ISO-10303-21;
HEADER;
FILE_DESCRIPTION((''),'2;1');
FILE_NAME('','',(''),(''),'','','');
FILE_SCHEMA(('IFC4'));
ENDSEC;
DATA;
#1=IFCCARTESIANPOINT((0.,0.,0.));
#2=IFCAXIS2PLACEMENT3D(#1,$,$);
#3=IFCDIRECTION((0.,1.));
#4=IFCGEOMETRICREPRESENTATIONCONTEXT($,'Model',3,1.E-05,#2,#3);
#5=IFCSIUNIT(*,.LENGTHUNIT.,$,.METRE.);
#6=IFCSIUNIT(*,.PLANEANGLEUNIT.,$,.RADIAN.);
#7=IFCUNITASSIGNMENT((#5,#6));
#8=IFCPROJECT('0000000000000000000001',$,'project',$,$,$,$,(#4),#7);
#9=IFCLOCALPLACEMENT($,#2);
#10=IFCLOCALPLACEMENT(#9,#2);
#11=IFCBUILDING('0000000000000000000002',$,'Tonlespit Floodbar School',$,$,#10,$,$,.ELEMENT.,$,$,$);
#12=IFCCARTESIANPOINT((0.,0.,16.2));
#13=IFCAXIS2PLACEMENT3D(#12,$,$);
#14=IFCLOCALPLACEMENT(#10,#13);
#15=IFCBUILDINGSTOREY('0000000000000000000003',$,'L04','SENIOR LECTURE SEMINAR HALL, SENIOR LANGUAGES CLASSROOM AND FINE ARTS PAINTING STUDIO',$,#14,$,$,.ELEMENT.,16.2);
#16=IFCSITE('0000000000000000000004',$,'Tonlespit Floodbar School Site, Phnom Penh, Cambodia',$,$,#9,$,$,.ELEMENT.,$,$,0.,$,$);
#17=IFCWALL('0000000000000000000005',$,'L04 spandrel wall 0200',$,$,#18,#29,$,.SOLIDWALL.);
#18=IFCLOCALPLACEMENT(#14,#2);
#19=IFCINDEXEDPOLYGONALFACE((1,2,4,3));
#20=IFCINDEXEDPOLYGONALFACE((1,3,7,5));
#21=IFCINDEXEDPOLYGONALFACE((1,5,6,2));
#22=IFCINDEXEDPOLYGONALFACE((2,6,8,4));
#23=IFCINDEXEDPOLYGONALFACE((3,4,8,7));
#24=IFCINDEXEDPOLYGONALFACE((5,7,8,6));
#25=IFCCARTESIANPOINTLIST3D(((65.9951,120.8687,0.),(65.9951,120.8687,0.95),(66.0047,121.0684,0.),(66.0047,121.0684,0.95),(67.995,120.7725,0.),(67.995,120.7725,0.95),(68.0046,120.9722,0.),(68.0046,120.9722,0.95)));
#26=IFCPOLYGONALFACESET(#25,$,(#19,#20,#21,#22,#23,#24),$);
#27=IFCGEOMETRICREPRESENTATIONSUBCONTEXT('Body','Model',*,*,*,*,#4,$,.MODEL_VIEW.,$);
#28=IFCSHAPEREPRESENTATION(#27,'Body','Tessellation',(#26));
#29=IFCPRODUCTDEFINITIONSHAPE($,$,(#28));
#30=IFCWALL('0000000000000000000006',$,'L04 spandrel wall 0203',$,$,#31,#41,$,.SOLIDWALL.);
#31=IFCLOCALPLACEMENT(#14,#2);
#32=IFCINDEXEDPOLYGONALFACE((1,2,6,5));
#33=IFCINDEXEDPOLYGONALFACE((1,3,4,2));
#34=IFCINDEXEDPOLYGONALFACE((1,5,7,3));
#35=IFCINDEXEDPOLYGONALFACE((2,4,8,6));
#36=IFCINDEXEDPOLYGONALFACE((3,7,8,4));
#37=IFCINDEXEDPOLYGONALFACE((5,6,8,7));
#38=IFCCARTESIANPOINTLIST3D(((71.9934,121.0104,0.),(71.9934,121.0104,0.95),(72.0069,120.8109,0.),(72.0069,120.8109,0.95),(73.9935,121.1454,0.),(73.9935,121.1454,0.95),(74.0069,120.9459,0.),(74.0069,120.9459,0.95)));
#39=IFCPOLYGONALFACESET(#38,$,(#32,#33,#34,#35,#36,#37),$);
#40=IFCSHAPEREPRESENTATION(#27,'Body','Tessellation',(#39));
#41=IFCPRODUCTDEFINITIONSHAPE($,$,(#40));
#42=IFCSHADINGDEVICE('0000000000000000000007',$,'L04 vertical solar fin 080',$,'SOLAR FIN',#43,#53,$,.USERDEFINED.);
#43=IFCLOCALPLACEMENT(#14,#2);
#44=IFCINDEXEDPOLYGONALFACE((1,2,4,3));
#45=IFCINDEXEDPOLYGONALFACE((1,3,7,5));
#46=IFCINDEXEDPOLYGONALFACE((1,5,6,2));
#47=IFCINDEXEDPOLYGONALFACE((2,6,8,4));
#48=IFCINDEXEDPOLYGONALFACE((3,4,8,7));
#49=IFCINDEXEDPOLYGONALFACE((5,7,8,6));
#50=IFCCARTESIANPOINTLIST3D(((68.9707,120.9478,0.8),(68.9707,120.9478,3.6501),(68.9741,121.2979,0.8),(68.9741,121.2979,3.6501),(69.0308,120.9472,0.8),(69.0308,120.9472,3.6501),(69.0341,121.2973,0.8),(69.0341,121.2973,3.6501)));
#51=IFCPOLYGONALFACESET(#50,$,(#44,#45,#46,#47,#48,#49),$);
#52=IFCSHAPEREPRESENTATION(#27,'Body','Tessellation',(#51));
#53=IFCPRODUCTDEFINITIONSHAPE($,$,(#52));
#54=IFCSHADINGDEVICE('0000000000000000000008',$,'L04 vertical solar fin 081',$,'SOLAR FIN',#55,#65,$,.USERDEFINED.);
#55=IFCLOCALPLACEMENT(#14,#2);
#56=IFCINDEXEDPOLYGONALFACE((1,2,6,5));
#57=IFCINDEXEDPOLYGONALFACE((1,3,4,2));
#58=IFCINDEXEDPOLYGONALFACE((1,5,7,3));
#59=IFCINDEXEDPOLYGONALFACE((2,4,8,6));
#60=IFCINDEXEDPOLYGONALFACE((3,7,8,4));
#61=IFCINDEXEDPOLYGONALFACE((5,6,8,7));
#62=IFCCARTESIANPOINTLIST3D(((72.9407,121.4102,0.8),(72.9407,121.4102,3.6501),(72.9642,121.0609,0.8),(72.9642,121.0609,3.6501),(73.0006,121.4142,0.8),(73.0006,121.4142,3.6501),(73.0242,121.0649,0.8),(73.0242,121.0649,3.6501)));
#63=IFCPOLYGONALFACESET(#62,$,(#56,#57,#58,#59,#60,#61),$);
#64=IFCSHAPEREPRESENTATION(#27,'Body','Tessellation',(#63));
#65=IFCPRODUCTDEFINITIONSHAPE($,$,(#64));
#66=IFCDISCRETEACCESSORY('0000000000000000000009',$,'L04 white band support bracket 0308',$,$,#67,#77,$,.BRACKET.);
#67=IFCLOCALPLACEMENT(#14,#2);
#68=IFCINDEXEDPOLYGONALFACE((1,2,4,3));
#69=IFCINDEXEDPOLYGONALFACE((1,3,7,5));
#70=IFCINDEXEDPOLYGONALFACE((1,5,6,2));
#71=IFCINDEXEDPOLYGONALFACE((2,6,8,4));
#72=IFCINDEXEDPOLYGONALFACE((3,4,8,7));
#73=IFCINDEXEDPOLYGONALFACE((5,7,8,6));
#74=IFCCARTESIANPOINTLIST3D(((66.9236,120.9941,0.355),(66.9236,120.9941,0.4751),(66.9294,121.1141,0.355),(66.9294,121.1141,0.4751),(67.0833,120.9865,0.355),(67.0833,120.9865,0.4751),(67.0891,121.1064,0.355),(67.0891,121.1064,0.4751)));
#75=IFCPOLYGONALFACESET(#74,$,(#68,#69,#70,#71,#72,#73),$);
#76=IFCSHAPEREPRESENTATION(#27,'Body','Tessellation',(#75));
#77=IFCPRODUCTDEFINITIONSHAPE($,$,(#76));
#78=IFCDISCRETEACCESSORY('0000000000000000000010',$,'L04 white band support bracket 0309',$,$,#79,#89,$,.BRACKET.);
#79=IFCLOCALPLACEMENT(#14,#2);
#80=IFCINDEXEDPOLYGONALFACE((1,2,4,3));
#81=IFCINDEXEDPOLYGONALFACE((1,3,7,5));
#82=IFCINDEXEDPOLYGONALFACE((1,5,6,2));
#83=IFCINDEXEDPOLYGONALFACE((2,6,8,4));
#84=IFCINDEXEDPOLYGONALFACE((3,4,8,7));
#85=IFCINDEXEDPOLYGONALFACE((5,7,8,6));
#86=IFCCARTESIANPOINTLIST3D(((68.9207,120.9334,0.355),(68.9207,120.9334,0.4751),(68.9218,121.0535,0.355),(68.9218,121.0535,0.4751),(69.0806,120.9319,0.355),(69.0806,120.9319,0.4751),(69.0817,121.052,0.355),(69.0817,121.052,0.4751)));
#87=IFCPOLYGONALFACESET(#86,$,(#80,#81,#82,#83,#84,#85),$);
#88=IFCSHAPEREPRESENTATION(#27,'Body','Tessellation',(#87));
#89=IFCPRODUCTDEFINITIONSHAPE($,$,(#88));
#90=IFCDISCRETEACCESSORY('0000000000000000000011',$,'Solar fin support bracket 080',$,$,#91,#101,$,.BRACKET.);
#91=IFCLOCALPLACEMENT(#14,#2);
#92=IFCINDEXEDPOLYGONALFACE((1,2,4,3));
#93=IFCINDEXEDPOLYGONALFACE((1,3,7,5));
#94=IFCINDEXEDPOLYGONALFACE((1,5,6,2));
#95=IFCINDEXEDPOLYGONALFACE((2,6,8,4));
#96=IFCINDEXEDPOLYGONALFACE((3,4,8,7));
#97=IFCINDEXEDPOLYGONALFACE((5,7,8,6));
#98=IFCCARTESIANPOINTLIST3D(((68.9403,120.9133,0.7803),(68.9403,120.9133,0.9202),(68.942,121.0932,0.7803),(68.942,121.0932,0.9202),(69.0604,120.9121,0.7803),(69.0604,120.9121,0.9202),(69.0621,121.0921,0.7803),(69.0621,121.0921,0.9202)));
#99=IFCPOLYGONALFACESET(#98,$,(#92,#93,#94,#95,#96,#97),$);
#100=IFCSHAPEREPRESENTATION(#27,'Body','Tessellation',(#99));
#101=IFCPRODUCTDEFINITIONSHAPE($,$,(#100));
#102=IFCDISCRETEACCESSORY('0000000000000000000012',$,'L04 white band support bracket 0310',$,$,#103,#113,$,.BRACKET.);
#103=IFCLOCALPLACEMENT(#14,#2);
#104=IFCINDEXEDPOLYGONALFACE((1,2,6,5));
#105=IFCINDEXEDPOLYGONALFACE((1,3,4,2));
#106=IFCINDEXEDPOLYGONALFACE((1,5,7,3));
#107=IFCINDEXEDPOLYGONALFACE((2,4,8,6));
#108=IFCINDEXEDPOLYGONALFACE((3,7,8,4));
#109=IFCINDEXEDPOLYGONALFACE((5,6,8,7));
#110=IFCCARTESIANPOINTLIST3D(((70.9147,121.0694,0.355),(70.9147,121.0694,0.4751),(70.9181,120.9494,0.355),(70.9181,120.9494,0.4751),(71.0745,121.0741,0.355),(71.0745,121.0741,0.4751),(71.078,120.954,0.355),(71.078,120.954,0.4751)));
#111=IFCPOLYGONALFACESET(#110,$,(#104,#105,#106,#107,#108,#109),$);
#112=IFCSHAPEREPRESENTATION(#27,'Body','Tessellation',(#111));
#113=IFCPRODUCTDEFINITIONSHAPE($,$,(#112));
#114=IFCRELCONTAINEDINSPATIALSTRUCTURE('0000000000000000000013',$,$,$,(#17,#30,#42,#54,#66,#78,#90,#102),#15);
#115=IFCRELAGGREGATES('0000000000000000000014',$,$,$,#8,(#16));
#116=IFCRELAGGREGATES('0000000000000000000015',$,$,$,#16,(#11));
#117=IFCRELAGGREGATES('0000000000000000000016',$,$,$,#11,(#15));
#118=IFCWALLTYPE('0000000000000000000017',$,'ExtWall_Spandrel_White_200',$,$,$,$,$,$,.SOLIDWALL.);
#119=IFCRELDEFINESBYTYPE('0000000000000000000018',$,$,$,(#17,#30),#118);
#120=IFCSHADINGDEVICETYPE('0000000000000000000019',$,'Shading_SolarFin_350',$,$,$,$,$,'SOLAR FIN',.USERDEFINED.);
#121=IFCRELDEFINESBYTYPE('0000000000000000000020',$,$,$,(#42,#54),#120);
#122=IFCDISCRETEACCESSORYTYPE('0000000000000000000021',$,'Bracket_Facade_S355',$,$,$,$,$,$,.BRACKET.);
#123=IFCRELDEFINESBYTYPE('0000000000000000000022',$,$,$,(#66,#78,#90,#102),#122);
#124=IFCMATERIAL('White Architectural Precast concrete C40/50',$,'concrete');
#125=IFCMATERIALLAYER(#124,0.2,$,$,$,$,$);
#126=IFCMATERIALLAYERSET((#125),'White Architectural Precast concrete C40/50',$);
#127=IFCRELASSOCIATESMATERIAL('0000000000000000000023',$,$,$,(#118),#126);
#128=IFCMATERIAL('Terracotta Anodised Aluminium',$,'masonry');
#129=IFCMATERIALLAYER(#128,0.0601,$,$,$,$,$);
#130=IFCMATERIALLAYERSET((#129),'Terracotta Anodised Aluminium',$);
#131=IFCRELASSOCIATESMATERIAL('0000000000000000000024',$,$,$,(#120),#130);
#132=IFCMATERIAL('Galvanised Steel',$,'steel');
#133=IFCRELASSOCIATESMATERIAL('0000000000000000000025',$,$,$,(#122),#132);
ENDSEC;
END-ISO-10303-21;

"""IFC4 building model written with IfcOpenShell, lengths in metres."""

from ifc_helpers import new_model, si_unit, direction, frame, frame_2d, origin, origin_2d, place, context, subcontext, project, spatial, rectangle, extrude, material, layer, layer_set, type_object, element, save


model = new_model("IFC4")

# Units and contexts
model_context = context("Model", 3, precision=1e-05, world=origin(), true_north=direction((0.0, 1.0)))
body_context = subcontext(model_context, "Body", "Model", "MODEL_VIEW")
ifc_project = project(units=[si_unit("LENGTHUNIT", "METRE"), si_unit("PLANEANGLEUNIT", "RADIAN")], contexts=[model_context])

# Site, building, storey
site_placement = place(None, origin())
site = spatial("IfcSite", under=ifc_project, at=site_placement, Name="Tonlespit Floodbar School Site, Phnom Penh, Cambodia", CompositionType="ELEMENT", RefElevation=0.0)
building_placement = place(site_placement, origin())
building = spatial("IfcBuilding", under=site, at=building_placement, Name="Tonlespit Floodbar School", CompositionType="ELEMENT")
storey_placement = place(building_placement, frame((0.0, 0.0, 16.2)))
storey = spatial("IfcBuildingStorey", under=building, at=storey_placement, Name="L04", Description="SENIOR LECTURE SEMINAR HALL, SENIOR LANGUAGES CLASSROOM AND FINE ARTS PAINTING STUDIO", CompositionType="ELEMENT", Elevation=16.2)

# Walls
ifc_material_1 = material(Name="White Architectural Precast concrete C40/50", Category="concrete")
ifc_layer_1 = layer(ifc_material_1, 0.2)
ifc_layer_set_1 = layer_set([ifc_layer_1], Name="White Architectural Precast concrete C40/50")
wall_type = type_object("IfcWallType", Name="ExtWall_Spandrel_White_200", PredefinedType="SOLIDWALL", material=ifc_layer_set_1)
wall_1_placement = place(storey_placement, frame((66.0, 120.9685, 0.0), z_axis=(0.0, 0.0, 1.0), x_axis=(0.998845, -0.04804, 0.0)))
element("IfcWall", 1, at=wall_1_placement, inside=storey, type_object=wall_type, Name="L04 spandrel wall 0200", PredefinedType="SOLIDWALL", context=body_context, shape_type="SweptSolid", body=[
    extrude(rectangle(XDim=2.0022, YDim=0.2, at=frame_2d((1.001, 0.0))), origin(), (0.0, 0.0, 1.0), 0.95),
])
wall_2_placement = place(storey_placement, frame((72.0, 120.9106, 0.0), z_axis=(0.0, 0.0, 1.0), x_axis=(0.997729, 0.067352, 0.0)))
element("IfcWall", 2, at=wall_2_placement, inside=storey, type_object=wall_type, Name="L04 spandrel wall 0203", PredefinedType="SOLIDWALL", context=body_context, shape_type="SweptSolid", body=[
    extrude(rectangle(XDim=2.0046, YDim=0.2, at=frame_2d((1.0024, 0.0))), origin(), (0.0, 0.0, 1.0), 0.95),
])

# Shading devices
ifc_material_2 = material(Name="Terracotta Anodised Aluminium", Category="masonry")
ifc_layer_2 = layer(ifc_material_2, 0.0601)
ifc_layer_set_2 = layer_set([ifc_layer_2], Name="Terracotta Anodised Aluminium")
shading_device_type = type_object("IfcShadingDeviceType", Name="Shading_SolarFin_350", ElementType="SOLAR FIN", PredefinedType="USERDEFINED", material=ifc_layer_set_2)
for number, where, z_axis, x_axis, name in (
    (3, (69.0024, 121.1226, 0.8), (0.0, 0.0, 1.0), (0.999954, -0.009599, 0.0), "L04 vertical solar fin 080"),
    (4, (72.9824, 121.2375, 0.8), (0.0, 0.0, 1.0), (0.99773, 0.067347, 0.0), "L04 vertical solar fin 081"),
):
    element("IfcShadingDevice", number, at=place(storey_placement, frame(where, z_axis=z_axis, x_axis=x_axis)), inside=storey, type_object=shading_device_type, Name=name, ObjectType="SOLAR FIN", PredefinedType="USERDEFINED", context=body_context, shape_type="SweptSolid", body=[
        extrude(rectangle(XDim=0.0601, YDim=0.3501, at=origin_2d()), origin(), (0.0, 0.0, 1.0), 2.8501),
    ])

# Discrete accessories
ifc_material_3 = material(Name="Galvanised Steel", Category="steel")
discrete_accessory_type = type_object("IfcDiscreteAccessoryType", Name="Bracket_Facade_S355", PredefinedType="BRACKET", material=ifc_material_3)
for number, where, z_axis, x_axis, name in (
    (5, (67.0063, 121.0503, 0.355), (0.0, 0.0, 1.0), (0.998843, -0.048095, 0.0), "L04 white band support bracket 0308"),
    (6, (69.0012, 120.9927, 0.355), (0.0, 0.0, 1.0), (0.999954, -0.009599, 0.0), "L04 white band support bracket 0309"),
):
    element("IfcDiscreteAccessory", number, at=place(storey_placement, frame(where, z_axis=z_axis, x_axis=x_axis)), inside=storey, type_object=discrete_accessory_type, Name=name, PredefinedType="BRACKET", context=body_context, shape_type="SweptSolid", body=[
        extrude(rectangle(XDim=0.1599, YDim=0.1201, at=origin_2d()), origin(), (0.0, 0.0, 1.0), 0.1201),
    ])
discrete_accessory_1_placement = place(storey_placement, frame((69.0012, 121.0027, 0.7803), z_axis=(0.0, 0.0, 1.0), x_axis=(0.999954, -0.009599, 0.0)))
element("IfcDiscreteAccessory", 7, at=discrete_accessory_1_placement, inside=storey, type_object=discrete_accessory_type, Name="Solar fin support bracket 080", PredefinedType="BRACKET", context=body_context, shape_type="SweptSolid", body=[
    extrude(rectangle(XDim=0.1201, YDim=0.1799, at=origin_2d()), origin(), (0.0, 0.0, 1.0), 0.1399),
])
discrete_accessory_2_placement = place(storey_placement, frame((70.9963, 121.0117, 0.355), z_axis=(0.0, 0.0, 1.0), x_axis=(0.999584, 0.028838, 0.0)))
element("IfcDiscreteAccessory", 8, at=discrete_accessory_2_placement, inside=storey, type_object=discrete_accessory_type, Name="L04 white band support bracket 0310", PredefinedType="BRACKET", context=body_context, shape_type="SweptSolid", body=[
    extrude(rectangle(XDim=0.1599, YDim=0.1201, at=origin_2d()), origin(), (0.0, 0.0, 1.0), 0.1201),
])

save(model, "model.ifc")
